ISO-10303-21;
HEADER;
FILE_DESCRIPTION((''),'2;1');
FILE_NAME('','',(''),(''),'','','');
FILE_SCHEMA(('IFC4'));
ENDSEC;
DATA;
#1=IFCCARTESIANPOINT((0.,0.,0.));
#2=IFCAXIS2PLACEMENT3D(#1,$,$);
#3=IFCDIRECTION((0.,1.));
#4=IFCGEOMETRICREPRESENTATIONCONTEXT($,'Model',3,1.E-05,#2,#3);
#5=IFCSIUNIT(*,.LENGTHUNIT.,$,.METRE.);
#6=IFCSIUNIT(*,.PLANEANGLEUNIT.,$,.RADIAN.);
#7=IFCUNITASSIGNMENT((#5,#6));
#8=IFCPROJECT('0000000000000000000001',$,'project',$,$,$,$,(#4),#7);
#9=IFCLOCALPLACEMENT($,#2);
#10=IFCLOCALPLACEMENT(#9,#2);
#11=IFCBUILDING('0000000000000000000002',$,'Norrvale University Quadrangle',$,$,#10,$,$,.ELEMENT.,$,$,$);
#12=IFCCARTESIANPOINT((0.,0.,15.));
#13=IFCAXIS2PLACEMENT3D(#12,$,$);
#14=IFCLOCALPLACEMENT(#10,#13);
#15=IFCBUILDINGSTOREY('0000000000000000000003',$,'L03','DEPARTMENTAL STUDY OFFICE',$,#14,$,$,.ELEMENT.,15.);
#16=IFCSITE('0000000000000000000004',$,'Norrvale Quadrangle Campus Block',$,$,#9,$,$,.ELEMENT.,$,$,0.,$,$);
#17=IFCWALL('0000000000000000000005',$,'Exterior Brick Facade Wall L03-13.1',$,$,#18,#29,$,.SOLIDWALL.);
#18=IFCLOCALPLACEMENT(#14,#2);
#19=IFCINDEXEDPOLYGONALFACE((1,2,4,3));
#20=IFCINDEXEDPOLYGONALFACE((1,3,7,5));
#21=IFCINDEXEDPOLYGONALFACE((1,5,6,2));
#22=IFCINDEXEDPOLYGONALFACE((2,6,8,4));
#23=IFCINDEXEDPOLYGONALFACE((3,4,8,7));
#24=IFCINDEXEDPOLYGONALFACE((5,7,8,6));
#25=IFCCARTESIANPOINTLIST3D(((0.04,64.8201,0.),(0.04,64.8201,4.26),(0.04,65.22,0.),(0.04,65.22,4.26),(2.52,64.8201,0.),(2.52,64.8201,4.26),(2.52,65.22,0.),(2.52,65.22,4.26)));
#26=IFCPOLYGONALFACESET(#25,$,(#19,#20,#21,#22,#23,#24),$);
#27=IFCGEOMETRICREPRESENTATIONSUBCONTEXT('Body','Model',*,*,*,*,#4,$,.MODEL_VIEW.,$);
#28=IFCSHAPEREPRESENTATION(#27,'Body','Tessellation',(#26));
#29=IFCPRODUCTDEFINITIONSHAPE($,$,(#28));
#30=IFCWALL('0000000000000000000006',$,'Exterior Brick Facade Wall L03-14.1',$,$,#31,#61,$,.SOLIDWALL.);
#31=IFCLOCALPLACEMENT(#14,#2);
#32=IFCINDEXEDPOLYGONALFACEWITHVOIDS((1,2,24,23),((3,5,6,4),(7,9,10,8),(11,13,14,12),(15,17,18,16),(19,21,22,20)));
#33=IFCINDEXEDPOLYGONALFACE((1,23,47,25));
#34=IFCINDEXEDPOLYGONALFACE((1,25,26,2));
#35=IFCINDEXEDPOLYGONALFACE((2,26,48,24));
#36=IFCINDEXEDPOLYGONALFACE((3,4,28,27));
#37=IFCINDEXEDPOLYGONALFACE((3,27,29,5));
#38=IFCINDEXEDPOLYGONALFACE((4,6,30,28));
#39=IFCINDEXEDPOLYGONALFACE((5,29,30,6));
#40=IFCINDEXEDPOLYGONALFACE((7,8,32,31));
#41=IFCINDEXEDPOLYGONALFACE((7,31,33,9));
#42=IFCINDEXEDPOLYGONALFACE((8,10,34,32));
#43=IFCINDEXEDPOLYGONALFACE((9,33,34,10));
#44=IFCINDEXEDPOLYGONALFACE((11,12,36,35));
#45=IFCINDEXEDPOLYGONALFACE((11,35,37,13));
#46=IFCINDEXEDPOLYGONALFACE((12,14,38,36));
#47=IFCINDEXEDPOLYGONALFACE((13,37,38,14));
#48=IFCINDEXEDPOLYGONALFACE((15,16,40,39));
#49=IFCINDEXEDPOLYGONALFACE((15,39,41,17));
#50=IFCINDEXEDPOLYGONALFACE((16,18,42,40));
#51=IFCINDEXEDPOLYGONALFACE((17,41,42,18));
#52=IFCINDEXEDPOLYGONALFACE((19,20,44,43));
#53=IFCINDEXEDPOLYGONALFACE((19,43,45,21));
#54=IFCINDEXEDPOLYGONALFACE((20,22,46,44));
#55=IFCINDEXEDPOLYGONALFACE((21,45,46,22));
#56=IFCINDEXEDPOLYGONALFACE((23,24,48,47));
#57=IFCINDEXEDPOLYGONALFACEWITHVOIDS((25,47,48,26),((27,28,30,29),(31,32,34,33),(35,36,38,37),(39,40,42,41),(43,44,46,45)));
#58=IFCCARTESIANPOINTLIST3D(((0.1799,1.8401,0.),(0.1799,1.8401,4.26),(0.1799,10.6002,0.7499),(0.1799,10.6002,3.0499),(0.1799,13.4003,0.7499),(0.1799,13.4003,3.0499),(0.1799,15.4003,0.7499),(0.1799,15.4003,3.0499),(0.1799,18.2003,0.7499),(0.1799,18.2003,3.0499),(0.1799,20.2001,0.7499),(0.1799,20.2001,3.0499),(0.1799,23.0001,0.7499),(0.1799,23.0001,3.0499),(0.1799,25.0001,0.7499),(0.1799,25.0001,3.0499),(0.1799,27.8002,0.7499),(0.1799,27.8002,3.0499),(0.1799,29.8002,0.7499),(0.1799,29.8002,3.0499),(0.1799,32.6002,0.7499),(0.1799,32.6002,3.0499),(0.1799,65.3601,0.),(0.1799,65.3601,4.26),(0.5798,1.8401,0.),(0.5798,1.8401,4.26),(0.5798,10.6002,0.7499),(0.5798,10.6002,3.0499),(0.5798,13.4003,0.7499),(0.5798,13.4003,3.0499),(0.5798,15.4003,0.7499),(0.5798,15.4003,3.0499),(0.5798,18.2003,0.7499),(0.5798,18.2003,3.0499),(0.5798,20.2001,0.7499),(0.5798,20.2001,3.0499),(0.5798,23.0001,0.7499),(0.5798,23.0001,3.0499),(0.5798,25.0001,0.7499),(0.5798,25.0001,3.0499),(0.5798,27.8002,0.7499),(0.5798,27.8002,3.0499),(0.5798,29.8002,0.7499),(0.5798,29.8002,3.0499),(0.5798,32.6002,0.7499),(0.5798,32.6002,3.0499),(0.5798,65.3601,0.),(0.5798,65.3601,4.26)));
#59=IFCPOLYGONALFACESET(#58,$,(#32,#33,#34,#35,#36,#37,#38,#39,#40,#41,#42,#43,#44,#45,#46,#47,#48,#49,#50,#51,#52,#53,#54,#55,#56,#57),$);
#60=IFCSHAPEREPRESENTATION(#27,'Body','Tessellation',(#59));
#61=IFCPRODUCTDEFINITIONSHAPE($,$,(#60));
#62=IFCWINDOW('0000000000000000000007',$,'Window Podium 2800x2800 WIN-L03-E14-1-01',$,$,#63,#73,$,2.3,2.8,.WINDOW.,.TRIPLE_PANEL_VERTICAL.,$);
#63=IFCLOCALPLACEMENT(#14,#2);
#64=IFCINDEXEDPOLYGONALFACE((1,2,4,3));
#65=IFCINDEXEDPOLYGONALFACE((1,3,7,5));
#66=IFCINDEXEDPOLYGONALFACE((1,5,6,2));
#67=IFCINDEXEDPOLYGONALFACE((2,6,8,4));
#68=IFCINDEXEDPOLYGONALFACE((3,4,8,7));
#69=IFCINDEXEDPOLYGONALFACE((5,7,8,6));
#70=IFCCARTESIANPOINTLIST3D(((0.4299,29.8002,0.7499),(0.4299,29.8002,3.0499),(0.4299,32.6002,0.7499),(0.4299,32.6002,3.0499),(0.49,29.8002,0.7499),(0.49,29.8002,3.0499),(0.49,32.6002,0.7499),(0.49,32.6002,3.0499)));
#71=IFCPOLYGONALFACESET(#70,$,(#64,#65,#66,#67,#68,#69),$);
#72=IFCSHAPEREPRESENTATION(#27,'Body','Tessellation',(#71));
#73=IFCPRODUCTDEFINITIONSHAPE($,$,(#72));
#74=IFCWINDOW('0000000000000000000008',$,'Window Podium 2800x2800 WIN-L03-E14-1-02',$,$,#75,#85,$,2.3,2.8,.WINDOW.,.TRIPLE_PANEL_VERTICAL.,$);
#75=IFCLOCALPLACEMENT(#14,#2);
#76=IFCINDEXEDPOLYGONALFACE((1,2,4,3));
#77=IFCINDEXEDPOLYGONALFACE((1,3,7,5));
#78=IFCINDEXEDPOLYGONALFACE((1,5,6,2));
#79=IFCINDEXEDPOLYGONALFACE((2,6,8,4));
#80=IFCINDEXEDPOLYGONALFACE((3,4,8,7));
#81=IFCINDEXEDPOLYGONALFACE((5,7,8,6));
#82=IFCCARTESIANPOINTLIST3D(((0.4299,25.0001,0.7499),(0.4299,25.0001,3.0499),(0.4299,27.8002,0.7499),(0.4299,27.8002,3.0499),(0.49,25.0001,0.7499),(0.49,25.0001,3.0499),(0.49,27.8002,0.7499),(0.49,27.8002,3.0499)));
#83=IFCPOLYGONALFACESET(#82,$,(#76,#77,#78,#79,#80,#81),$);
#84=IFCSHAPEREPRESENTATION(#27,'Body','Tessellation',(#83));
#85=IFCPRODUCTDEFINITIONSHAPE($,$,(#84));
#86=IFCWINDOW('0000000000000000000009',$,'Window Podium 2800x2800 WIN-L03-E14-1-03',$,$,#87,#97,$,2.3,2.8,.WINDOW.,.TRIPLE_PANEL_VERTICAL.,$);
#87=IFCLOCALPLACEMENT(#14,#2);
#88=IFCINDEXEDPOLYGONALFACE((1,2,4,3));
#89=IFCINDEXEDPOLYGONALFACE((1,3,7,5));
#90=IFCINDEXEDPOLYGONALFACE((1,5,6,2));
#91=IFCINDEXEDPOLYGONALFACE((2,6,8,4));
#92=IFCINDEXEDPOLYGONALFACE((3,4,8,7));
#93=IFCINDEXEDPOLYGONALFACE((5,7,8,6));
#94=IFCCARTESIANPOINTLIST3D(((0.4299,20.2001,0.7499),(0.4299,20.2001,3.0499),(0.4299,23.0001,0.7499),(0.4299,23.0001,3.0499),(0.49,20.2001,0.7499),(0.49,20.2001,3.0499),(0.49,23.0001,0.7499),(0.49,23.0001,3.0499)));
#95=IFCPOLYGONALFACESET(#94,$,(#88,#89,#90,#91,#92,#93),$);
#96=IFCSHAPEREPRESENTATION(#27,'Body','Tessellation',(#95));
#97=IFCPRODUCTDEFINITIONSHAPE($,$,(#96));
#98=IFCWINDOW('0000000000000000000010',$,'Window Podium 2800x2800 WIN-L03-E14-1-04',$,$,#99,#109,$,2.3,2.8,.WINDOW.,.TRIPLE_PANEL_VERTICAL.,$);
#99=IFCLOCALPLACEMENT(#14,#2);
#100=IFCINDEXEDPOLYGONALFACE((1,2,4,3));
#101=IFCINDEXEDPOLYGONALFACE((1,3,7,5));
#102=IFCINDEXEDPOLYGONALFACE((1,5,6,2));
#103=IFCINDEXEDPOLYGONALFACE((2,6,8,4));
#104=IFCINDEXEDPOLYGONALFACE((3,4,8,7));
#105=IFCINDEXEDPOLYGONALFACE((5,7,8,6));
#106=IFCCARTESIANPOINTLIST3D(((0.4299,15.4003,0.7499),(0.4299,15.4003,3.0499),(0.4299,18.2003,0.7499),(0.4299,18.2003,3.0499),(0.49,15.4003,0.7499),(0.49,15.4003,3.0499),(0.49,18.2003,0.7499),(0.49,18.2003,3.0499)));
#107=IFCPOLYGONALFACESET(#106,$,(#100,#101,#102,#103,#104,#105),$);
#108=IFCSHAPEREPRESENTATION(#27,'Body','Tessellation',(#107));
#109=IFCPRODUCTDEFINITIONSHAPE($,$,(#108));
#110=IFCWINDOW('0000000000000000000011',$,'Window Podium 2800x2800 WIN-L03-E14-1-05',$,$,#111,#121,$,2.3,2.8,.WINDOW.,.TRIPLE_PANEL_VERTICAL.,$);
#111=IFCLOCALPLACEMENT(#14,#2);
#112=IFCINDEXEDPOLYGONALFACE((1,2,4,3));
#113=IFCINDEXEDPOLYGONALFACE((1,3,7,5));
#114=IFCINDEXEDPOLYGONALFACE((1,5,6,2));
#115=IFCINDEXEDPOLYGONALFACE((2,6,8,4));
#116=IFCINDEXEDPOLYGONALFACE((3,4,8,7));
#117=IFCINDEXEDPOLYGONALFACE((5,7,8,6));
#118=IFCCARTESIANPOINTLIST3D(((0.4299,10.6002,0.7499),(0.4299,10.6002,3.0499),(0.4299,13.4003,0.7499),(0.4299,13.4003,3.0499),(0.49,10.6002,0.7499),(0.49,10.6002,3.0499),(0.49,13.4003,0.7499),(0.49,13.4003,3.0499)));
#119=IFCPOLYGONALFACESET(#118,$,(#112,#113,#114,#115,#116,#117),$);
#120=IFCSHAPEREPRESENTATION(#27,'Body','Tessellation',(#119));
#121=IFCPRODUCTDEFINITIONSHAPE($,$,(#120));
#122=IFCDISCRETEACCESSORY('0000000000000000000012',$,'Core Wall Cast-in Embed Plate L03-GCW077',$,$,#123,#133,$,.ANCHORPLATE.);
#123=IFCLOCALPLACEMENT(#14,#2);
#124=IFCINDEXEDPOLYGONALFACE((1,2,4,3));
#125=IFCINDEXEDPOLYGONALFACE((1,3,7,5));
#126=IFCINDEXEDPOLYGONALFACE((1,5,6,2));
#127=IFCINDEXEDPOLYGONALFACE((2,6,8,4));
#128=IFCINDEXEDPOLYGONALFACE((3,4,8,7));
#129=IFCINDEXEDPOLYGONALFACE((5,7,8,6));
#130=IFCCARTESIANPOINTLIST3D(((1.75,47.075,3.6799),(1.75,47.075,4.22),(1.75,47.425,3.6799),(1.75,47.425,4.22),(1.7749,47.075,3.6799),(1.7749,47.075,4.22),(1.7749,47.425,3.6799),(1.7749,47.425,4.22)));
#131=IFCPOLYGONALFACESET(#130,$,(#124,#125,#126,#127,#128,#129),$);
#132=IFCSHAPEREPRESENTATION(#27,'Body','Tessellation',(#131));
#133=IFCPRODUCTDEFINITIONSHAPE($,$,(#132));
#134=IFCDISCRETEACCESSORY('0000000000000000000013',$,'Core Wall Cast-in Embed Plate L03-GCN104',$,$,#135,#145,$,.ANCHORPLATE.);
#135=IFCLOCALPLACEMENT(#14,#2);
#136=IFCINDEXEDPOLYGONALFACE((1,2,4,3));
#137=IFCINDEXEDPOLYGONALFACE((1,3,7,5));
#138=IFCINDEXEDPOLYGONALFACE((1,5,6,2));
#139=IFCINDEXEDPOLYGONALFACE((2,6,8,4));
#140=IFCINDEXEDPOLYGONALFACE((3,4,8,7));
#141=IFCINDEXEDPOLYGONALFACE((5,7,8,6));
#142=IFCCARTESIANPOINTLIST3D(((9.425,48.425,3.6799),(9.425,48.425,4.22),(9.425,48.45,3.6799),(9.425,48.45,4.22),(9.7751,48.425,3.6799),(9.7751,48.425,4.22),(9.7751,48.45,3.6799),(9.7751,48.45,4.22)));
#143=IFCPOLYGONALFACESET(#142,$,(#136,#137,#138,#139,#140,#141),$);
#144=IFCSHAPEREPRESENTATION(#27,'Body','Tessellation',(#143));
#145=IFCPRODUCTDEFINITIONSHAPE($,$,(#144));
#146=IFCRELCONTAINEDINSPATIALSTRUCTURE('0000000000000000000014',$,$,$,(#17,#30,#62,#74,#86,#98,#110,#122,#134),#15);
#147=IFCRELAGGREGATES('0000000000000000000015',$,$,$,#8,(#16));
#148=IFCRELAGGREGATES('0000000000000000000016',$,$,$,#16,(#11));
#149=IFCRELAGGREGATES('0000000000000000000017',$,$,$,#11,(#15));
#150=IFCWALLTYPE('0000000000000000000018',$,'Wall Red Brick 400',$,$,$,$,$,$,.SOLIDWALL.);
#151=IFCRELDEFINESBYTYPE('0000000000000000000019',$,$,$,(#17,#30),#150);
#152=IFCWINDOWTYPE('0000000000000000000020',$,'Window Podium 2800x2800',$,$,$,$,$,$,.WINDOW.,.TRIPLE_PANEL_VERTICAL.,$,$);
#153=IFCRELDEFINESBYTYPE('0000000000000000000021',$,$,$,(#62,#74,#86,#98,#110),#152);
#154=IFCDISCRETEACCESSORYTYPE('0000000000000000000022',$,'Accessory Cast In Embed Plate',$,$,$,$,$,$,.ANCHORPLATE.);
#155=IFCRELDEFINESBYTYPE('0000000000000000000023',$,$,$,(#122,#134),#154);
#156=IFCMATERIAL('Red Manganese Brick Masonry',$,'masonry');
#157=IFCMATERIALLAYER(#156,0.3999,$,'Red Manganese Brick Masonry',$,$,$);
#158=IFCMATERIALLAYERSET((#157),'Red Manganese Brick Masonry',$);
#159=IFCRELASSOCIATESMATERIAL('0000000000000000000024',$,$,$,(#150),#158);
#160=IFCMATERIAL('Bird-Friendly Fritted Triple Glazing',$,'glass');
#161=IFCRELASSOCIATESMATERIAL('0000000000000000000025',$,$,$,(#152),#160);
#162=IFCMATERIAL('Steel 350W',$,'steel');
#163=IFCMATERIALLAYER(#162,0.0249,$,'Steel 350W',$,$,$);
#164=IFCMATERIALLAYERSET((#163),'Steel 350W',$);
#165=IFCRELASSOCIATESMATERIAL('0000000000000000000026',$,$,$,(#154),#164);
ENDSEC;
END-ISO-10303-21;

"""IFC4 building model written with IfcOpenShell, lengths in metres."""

from ifc_helpers import new_model, si_unit, direction, frame, frame_2d, origin, origin_2d, place, context, subcontext, project, spatial, rectangle, extrude, material, layer, layer_set, type_object, element, fill, save


model = new_model("IFC4")

# Units and contexts
model_context = context("Model", 3, precision=1e-05, world=origin(), true_north=direction((0.0, 1.0)))
body_context = subcontext(model_context, "Body", "Model", "MODEL_VIEW")
ifc_project = project(units=[si_unit("LENGTHUNIT", "METRE"), si_unit("PLANEANGLEUNIT", "RADIAN")], contexts=[model_context])

# Site, building, storey
site_placement = place(None, origin())
site = spatial("IfcSite", under=ifc_project, at=site_placement, Name="Norrvale Quadrangle Campus Block", CompositionType="ELEMENT", RefElevation=0.0)
building_placement = place(site_placement, origin())
building = spatial("IfcBuilding", under=site, at=building_placement, Name="Norrvale University Quadrangle", CompositionType="ELEMENT")
storey_placement = place(building_placement, frame((0.0, 0.0, 15.0)))
storey = spatial("IfcBuildingStorey", under=building, at=storey_placement, Name="L03", Description="DEPARTMENTAL STUDY OFFICE", CompositionType="ELEMENT", Elevation=15.0)

# Shared definitions
ifc_material_1 = material(Name="Steel 350W", Category="steel")

# Wall
ifc_material_2 = material(Name="Red Manganese Brick Masonry", Category="masonry")
ifc_layer_1 = layer(ifc_material_2, 0.3999, Name="Red Manganese Brick Masonry")
ifc_layer_set_1 = layer_set([ifc_layer_1], Name="Red Manganese Brick Masonry")
wall_type_1 = type_object("IfcWallType", Name="Wall Red Brick 400", PredefinedType="SOLIDWALL", material=ifc_layer_set_1)
for number, where, z_axis, x_axis, name in (
    (1, (2.52, 65.02, 0.0), (0.0, 0.0, 1.0), (-1.0, 0.0, 0.0), "Exterior Brick Facade Wall L03-13.1"),
):
    element("IfcWall", number, at=place(storey_placement, frame(where, z_axis=z_axis, x_axis=x_axis)), inside=storey, type_object=wall_type_1, Name=name, PredefinedType="SOLIDWALL", context=body_context, shape_type="SweptSolid", body=[
        extrude(rectangle(XDim=2.48, YDim=0.3999, at=frame_2d((1.24, 0.0))), origin(), (0.0, 0.0, 1.0), 4.26),
    ])

# Wall, openings, windows
wall_1_placement = place(storey_placement, frame((0.3799, 65.3601, 0.0), z_axis=(0.0, 0.0, 1.0), x_axis=(0.0, -1.0, 0.0)))
wall_1 = element("IfcWall", 2, at=wall_1_placement, inside=storey, type_object=wall_type_1, Name="Exterior Brick Facade Wall L03-14.1", PredefinedType="SOLIDWALL", context=body_context, shape_type="SweptSolid", body=[
    extrude(rectangle(XDim=63.52, YDim=0.3999, at=frame_2d((31.76, 0.0))), origin(), (0.0, 0.0, 1.0), 4.26),
])
opening_1_placement = place(wall_1_placement, frame((32.76, 0.0, 0.75)))
opening_1 = element("IfcOpeningElement", 3, at=opening_1_placement, cuts=wall_1, PredefinedType="OPENING", context=body_context, shape_type="SweptSolid", body=[
    extrude(rectangle(XDim=2.8, YDim=2.3, at=frame_2d((1.3999, 1.1499))), frame((0.0, 0.2119, 0.0), z_axis=(0.0, -1.0, 0.0), x_axis=(1.0, 0.0, 0.0)), (0.0, 0.0, 1.0), 0.4238),
])
opening_2_placement = place(wall_1_placement, frame((37.5601, 0.0, 0.75)))
opening_2 = element("IfcOpeningElement", 4, at=opening_2_placement, cuts=wall_1, PredefinedType="OPENING", context=body_context, shape_type="SweptSolid", body=[
    extrude(rectangle(XDim=2.8, YDim=2.3, at=frame_2d((1.3999, 1.1499))), frame((0.0, 0.2119, 0.0), z_axis=(0.0, -1.0, 0.0), x_axis=(1.0, 0.0, 0.0)), (0.0, 0.0, 1.0), 0.4238),
])
opening_3_placement = place(wall_1_placement, frame((42.3601, 0.0, 0.75)))
opening_3 = element("IfcOpeningElement", 5, at=opening_3_placement, cuts=wall_1, PredefinedType="OPENING", context=body_context, shape_type="SweptSolid", body=[
    extrude(rectangle(XDim=2.8, YDim=2.3, at=frame_2d((1.3999, 1.1499))), frame((0.0, 0.2119, 0.0), z_axis=(0.0, -1.0, 0.0), x_axis=(1.0, 0.0, 0.0)), (0.0, 0.0, 1.0), 0.4238),
])
opening_4_placement = place(wall_1_placement, frame((47.1599, 0.0, 0.75)))
opening_4 = element("IfcOpeningElement", 6, at=opening_4_placement, cuts=wall_1, PredefinedType="OPENING", context=body_context, shape_type="SweptSolid", body=[
    extrude(rectangle(XDim=2.8, YDim=2.3, at=frame_2d((1.3999, 1.1499))), frame((0.0, 0.2119, 0.0), z_axis=(0.0, -1.0, 0.0), x_axis=(1.0, 0.0, 0.0)), (0.0, 0.0, 1.0), 0.4238),
])
opening_5_placement = place(wall_1_placement, frame((51.96, 0.0, 0.75)))
opening_5 = element("IfcOpeningElement", 7, at=opening_5_placement, cuts=wall_1, PredefinedType="OPENING", context=body_context, shape_type="SweptSolid", body=[
    extrude(rectangle(XDim=2.8, YDim=2.3, at=frame_2d((1.3999, 1.1499))), frame((0.0, 0.2119, 0.0), z_axis=(0.0, -1.0, 0.0), x_axis=(1.0, 0.0, 0.0)), (0.0, 0.0, 1.0), 0.4238),
])
ifc_material_3 = material(Name="Bird-Friendly Fritted Triple Glazing", Category="glass")
window_type = type_object("IfcWindowType", Name="Window Podium 2800x2800", PartitioningType="TRIPLE_PANEL_VERTICAL", PredefinedType="WINDOW", material=ifc_material_3)
window_1_placement = place(opening_1_placement, origin())
window_1 = element("IfcWindow", 8, at=window_1_placement, inside=storey, type_object=window_type, Name="Window Podium 2800x2800 WIN-L03-E14-1-01", OverallHeight=2.3, OverallWidth=2.8, PartitioningType="TRIPLE_PANEL_VERTICAL", PredefinedType="WINDOW", context=body_context, shape_type="SweptSolid", body=[
    extrude(rectangle(XDim=2.8, YDim=2.3, at=frame_2d((1.3999, 1.1499))), frame((0.0, 0.1101, 0.0), z_axis=(0.0, -1.0, 0.0), x_axis=(1.0, 0.0, 0.0)), (0.0, 0.0, 1.0), 0.0601),
])
fill(opening_1, window_1)
window_2_placement = place(opening_2_placement, origin())
window_2 = element("IfcWindow", 9, at=window_2_placement, inside=storey, type_object=window_type, Name="Window Podium 2800x2800 WIN-L03-E14-1-02", OverallHeight=2.3, OverallWidth=2.8, PartitioningType="TRIPLE_PANEL_VERTICAL", PredefinedType="WINDOW", context=body_context, shape_type="SweptSolid", body=[
    extrude(rectangle(XDim=2.8, YDim=2.3, at=frame_2d((1.3999, 1.1499))), frame((0.0, 0.1101, 0.0), z_axis=(0.0, -1.0, 0.0), x_axis=(1.0, 0.0, 0.0)), (0.0, 0.0, 1.0), 0.0601),
])
fill(opening_2, window_2)
window_3_placement = place(opening_3_placement, origin())
window_3 = element("IfcWindow", 10, at=window_3_placement, inside=storey, type_object=window_type, Name="Window Podium 2800x2800 WIN-L03-E14-1-03", OverallHeight=2.3, OverallWidth=2.8, PartitioningType="TRIPLE_PANEL_VERTICAL", PredefinedType="WINDOW", context=body_context, shape_type="SweptSolid", body=[
    extrude(rectangle(XDim=2.8, YDim=2.3, at=frame_2d((1.3999, 1.1499))), frame((0.0, 0.1101, 0.0), z_axis=(0.0, -1.0, 0.0), x_axis=(1.0, 0.0, 0.0)), (0.0, 0.0, 1.0), 0.0601),
])
fill(opening_3, window_3)
window_4_placement = place(opening_4_placement, origin())
window_4 = element("IfcWindow", 11, at=window_4_placement, inside=storey, type_object=window_type, Name="Window Podium 2800x2800 WIN-L03-E14-1-04", OverallHeight=2.3, OverallWidth=2.8, PartitioningType="TRIPLE_PANEL_VERTICAL", PredefinedType="WINDOW", context=body_context, shape_type="SweptSolid", body=[
    extrude(rectangle(XDim=2.8, YDim=2.3, at=frame_2d((1.3999, 1.1499))), frame((0.0, 0.1101, 0.0), z_axis=(0.0, -1.0, 0.0), x_axis=(1.0, 0.0, 0.0)), (0.0, 0.0, 1.0), 0.0601),
])
fill(opening_4, window_4)
window_5_placement = place(opening_5_placement, origin())
window_5 = element("IfcWindow", 12, at=window_5_placement, inside=storey, type_object=window_type, Name="Window Podium 2800x2800 WIN-L03-E14-1-05", OverallHeight=2.3, OverallWidth=2.8, PartitioningType="TRIPLE_PANEL_VERTICAL", PredefinedType="WINDOW", context=body_context, shape_type="SweptSolid", body=[
    extrude(rectangle(XDim=2.8, YDim=2.3, at=frame_2d((1.3999, 1.1499))), frame((0.0, 0.1101, 0.0), z_axis=(0.0, -1.0, 0.0), x_axis=(1.0, 0.0, 0.0)), (0.0, 0.0, 1.0), 0.0601),
])
fill(opening_5, window_5)

# Discrete accessories
ifc_layer_2 = layer(ifc_material_1, 0.0249, Name="Steel 350W")
ifc_layer_set_2 = layer_set([ifc_layer_2], Name="Steel 350W")
discrete_accessory_type = type_object("IfcDiscreteAccessoryType", Name="Accessory Cast In Embed Plate", PredefinedType="ANCHORPLATE", material=ifc_layer_set_2)
discrete_accessory_1_placement = place(storey_placement, frame((1.7625, 47.25, 3.6799), z_axis=(0.0, 0.0, 1.0), x_axis=(1.0, 0.0, 0.0)))
element("IfcDiscreteAccessory", 13, at=discrete_accessory_1_placement, inside=storey, type_object=discrete_accessory_type, Name="Core Wall Cast-in Embed Plate L03-GCW077", PredefinedType="ANCHORPLATE", context=body_context, shape_type="SweptSolid", body=[
    extrude(rectangle(XDim=0.0249, YDim=0.3501, at=origin_2d()), origin(), (0.0, 0.0, 1.0), 0.54),
])
discrete_accessory_2_placement = place(storey_placement, frame((9.6001, 48.4375, 3.6799), z_axis=(0.0, 0.0, 1.0), x_axis=(1.0, 0.0, 0.0)))
element("IfcDiscreteAccessory", 14, at=discrete_accessory_2_placement, inside=storey, type_object=discrete_accessory_type, Name="Core Wall Cast-in Embed Plate L03-GCN104", PredefinedType="ANCHORPLATE", context=body_context, shape_type="SweptSolid", body=[
    extrude(rectangle(XDim=0.3501, YDim=0.0249, at=origin_2d()), origin(), (0.0, 0.0, 1.0), 0.54),
])

save(model, "model.ifc")
